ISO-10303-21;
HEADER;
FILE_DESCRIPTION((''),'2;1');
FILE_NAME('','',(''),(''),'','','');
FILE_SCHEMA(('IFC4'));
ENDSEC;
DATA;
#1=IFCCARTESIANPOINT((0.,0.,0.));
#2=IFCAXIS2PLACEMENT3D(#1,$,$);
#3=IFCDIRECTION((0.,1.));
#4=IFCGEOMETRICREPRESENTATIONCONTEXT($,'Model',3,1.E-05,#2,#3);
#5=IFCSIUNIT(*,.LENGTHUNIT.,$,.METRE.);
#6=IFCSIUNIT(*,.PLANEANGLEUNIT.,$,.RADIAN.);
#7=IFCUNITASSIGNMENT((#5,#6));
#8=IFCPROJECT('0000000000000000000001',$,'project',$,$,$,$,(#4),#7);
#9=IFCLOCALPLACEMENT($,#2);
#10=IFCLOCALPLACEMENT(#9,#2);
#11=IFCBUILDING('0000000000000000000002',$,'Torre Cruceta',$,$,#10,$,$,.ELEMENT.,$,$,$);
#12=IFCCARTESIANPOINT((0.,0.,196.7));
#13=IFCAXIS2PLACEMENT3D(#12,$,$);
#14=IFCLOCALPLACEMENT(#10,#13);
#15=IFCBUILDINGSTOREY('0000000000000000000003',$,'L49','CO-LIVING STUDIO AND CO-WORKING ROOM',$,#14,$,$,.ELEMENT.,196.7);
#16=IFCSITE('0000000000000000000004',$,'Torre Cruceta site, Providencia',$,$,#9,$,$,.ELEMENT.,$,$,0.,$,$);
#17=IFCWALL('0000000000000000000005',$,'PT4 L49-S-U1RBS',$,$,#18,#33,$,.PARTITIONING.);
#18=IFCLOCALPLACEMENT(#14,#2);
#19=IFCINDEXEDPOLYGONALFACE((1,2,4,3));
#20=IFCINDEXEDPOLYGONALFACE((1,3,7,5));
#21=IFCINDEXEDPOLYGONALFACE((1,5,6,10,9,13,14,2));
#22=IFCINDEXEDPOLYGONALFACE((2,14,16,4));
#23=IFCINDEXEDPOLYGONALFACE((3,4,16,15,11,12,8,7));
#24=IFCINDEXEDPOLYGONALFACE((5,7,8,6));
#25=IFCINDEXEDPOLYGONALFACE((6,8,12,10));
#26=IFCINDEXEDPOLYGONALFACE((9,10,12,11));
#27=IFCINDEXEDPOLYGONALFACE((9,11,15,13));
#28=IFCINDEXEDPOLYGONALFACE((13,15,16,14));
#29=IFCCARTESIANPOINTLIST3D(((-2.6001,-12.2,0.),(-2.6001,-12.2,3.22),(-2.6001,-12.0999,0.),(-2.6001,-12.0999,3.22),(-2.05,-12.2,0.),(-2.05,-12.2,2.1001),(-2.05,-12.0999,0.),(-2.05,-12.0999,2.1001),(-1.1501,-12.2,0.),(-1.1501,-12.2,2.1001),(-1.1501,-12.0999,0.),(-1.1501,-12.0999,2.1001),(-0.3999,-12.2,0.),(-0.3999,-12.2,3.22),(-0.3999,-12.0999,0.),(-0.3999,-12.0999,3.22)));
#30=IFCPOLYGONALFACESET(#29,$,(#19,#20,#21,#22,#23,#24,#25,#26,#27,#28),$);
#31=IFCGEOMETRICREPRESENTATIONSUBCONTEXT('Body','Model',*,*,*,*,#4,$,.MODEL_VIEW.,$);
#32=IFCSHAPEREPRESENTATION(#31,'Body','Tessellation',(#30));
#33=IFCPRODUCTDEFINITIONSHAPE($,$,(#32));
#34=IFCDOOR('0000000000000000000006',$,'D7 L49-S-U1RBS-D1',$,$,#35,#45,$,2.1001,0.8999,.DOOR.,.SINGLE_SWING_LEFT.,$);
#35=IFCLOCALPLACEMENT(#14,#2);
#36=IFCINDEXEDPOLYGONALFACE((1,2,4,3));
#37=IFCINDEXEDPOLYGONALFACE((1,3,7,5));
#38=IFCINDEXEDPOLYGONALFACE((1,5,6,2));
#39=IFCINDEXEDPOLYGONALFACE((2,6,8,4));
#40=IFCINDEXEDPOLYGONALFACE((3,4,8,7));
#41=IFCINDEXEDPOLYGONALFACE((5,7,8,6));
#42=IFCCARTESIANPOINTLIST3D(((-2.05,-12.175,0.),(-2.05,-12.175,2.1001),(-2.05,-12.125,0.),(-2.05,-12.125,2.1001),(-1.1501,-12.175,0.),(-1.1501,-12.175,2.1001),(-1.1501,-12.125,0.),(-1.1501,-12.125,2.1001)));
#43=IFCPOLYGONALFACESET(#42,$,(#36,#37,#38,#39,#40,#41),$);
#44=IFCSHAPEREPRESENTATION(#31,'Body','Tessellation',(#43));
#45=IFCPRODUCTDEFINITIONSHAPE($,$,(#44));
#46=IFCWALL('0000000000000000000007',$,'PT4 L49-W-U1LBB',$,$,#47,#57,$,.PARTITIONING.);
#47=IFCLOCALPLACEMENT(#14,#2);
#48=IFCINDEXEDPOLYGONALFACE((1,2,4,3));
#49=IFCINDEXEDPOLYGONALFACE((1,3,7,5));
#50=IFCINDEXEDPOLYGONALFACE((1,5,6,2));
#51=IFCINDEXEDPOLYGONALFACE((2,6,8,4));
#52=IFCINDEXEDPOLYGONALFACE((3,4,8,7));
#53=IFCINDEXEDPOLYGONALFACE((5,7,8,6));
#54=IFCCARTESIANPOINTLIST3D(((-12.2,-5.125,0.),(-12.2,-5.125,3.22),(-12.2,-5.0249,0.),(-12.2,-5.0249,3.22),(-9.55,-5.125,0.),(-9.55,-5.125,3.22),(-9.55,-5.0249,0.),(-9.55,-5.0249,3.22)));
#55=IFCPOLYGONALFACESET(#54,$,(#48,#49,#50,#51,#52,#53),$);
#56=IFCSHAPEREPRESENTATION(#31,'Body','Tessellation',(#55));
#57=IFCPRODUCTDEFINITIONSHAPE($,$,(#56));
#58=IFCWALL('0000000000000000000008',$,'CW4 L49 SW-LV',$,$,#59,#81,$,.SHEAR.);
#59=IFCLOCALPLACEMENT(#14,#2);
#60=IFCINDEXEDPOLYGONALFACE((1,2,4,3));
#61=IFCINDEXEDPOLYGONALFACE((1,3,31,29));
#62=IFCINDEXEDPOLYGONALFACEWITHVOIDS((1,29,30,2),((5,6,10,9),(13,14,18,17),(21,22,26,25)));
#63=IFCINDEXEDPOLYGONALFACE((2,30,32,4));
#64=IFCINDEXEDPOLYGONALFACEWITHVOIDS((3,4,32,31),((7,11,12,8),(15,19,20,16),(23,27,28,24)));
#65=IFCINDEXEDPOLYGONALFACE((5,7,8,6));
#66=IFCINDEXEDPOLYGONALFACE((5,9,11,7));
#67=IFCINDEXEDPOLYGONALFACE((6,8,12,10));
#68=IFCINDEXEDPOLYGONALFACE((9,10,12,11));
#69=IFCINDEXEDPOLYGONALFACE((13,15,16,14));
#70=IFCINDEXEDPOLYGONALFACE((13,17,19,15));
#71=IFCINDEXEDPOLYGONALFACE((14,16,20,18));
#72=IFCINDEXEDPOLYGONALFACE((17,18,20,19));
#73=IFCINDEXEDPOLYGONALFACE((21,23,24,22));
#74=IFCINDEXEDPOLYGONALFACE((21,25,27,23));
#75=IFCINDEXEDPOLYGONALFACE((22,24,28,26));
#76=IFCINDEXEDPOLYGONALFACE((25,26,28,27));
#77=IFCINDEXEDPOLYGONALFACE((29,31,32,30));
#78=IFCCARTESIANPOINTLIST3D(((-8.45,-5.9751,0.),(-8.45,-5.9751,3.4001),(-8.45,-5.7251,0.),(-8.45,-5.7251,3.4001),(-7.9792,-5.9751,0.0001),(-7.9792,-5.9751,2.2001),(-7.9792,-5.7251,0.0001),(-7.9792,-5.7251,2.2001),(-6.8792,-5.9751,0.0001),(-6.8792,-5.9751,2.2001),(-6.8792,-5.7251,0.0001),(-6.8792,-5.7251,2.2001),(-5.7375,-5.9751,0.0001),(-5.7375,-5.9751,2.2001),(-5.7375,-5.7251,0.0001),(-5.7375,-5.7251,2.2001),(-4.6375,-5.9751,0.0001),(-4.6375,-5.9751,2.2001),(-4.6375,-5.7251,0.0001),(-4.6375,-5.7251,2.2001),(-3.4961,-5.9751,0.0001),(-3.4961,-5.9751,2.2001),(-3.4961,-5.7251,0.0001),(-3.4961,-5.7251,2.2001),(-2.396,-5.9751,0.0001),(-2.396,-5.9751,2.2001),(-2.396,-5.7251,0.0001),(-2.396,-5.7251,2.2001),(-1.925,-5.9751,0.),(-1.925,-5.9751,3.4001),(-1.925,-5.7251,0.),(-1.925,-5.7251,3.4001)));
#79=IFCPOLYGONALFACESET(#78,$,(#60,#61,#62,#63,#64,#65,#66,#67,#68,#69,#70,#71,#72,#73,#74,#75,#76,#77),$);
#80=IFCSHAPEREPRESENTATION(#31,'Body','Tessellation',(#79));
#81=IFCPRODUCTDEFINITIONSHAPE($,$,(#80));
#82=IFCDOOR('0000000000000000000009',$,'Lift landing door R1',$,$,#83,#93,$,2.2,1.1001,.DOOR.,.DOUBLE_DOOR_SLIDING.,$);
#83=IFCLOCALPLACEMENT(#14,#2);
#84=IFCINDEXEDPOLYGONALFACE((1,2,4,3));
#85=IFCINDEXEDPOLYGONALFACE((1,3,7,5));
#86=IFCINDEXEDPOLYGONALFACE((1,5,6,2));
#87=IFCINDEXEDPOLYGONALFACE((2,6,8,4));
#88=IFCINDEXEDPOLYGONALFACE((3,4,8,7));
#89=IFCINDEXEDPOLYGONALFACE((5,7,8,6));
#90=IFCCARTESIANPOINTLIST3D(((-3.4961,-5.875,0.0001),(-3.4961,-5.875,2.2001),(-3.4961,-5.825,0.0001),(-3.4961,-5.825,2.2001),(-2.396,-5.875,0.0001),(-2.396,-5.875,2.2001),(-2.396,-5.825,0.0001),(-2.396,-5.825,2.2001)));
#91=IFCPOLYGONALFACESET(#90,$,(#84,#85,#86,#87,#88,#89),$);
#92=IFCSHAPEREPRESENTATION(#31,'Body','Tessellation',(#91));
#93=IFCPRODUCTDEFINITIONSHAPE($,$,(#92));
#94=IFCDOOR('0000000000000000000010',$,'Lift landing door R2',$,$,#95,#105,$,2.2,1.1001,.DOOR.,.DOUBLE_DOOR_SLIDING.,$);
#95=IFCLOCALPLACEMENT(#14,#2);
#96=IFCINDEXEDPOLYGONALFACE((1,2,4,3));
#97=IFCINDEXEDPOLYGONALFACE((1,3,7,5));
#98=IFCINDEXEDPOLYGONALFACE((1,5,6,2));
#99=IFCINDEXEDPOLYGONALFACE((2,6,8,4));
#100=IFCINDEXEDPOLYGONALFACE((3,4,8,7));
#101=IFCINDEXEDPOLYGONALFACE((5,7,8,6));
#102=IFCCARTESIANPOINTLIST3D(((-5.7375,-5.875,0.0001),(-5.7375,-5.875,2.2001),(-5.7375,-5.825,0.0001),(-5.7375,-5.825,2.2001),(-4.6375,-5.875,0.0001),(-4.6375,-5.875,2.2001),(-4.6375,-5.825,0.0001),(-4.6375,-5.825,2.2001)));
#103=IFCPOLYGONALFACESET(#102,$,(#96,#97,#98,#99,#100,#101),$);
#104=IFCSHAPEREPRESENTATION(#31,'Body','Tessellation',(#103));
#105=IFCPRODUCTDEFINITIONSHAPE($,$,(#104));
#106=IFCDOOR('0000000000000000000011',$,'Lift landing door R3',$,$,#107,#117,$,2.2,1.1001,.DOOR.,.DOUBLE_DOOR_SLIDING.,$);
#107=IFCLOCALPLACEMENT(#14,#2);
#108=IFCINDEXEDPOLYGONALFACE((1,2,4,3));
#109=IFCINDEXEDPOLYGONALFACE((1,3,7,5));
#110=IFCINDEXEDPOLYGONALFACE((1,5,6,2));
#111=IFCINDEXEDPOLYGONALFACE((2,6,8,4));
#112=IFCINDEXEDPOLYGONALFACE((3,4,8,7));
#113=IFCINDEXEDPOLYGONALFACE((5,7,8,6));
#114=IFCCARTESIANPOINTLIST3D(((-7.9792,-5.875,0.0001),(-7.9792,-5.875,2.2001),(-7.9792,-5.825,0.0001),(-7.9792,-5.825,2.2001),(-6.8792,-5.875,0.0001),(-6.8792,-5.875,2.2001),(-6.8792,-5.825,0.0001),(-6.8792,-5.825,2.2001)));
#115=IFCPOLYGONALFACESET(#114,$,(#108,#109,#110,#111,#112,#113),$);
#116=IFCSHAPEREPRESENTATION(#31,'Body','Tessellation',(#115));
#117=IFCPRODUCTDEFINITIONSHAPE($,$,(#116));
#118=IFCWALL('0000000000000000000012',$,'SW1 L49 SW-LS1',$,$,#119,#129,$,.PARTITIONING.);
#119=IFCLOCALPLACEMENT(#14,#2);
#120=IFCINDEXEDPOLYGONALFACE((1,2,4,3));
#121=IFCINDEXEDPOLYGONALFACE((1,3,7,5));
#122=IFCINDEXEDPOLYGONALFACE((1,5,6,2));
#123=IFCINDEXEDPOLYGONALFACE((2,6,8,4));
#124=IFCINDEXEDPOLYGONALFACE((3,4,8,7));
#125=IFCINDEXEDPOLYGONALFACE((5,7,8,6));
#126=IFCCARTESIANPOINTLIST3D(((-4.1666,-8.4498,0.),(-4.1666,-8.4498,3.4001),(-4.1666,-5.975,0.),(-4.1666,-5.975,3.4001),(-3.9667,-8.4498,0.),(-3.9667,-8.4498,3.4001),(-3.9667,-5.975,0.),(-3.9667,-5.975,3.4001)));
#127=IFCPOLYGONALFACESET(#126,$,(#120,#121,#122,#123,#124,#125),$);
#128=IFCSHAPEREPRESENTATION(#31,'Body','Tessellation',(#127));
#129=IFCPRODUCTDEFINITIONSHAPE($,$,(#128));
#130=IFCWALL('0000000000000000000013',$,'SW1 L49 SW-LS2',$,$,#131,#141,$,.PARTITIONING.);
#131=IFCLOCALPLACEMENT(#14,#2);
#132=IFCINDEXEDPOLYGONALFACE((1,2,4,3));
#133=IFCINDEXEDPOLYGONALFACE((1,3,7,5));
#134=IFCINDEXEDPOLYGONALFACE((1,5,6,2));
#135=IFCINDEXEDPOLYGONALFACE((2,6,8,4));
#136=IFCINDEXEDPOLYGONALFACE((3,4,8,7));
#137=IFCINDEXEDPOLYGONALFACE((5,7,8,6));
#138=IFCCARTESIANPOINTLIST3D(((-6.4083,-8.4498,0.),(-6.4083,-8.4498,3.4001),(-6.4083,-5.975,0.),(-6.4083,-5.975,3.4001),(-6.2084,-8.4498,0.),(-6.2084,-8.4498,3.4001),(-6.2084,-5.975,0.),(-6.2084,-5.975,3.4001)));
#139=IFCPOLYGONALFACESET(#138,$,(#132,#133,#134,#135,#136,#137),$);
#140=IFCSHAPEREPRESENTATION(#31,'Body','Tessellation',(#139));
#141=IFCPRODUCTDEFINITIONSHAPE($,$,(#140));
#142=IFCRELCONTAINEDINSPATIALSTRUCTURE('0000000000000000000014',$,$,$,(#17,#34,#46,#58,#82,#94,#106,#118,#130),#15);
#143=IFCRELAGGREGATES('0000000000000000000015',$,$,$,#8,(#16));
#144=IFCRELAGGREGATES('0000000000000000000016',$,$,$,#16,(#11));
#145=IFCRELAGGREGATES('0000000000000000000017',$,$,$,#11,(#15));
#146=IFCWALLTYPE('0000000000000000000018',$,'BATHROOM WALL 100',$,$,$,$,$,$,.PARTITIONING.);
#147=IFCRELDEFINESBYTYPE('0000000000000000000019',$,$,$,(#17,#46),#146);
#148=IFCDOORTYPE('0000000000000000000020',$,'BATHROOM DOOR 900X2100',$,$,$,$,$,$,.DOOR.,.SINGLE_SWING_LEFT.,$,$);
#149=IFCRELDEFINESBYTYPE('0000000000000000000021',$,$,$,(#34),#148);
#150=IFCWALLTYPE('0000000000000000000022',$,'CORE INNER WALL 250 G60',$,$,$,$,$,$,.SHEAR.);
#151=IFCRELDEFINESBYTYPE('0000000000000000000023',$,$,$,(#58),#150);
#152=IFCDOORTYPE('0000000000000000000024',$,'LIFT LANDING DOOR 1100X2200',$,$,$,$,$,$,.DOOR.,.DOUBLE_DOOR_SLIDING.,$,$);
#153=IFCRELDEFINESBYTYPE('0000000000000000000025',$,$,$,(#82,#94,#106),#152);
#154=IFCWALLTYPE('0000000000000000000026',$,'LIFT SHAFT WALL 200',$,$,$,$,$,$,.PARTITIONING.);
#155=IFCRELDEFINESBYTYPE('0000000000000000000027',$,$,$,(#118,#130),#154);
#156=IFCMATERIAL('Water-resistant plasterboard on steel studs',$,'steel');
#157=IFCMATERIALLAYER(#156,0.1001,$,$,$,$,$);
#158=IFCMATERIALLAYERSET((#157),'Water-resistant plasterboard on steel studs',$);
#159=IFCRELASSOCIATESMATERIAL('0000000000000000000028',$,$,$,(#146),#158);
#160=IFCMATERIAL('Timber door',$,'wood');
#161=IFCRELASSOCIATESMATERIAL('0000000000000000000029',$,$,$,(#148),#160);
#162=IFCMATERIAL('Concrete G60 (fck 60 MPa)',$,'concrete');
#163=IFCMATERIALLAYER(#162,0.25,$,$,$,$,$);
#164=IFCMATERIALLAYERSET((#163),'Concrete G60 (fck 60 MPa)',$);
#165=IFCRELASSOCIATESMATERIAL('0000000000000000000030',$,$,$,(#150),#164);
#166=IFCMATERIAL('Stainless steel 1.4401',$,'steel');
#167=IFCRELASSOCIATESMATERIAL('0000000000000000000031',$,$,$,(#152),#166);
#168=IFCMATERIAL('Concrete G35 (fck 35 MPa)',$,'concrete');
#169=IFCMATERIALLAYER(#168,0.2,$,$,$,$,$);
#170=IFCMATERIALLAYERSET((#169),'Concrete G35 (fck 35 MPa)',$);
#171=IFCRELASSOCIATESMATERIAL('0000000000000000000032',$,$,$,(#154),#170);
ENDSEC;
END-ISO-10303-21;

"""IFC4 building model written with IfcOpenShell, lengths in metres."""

from ifc_helpers import new_model, si_unit, direction, frame, frame_2d, origin, place, context, subcontext, project, spatial, rectangle, extrude, material, layer, layer_set, type_object, element, fill, save


model = new_model("IFC4")

# Units and contexts
model_context = context("Model", 3, precision=1e-05, world=origin(), true_north=direction((0.0, 1.0)))
body_context = subcontext(model_context, "Body", "Model", "MODEL_VIEW")
ifc_project = project(units=[si_unit("LENGTHUNIT", "METRE"), si_unit("PLANEANGLEUNIT", "RADIAN")], contexts=[model_context])

# Site, building, storey
site_placement = place(None, origin())
site = spatial("IfcSite", under=ifc_project, at=site_placement, Name="Torre Cruceta site, Providencia", CompositionType="ELEMENT", RefElevation=0.0)
building_placement = place(site_placement, origin())
building = spatial("IfcBuilding", under=site, at=building_placement, Name="Torre Cruceta", CompositionType="ELEMENT")
storey_placement = place(building_placement, frame((0.0, 0.0, 196.7)))
storey = spatial("IfcBuildingStorey", under=building, at=storey_placement, Name="L49", Description="CO-LIVING STUDIO AND CO-WORKING ROOM", CompositionType="ELEMENT", Elevation=196.7)

# Shared definitions
ifc_material_1 = material(Name="Water-resistant plasterboard on steel studs", Category="steel")
ifc_layer_1 = layer(ifc_material_1, 0.1001)
ifc_layer_set_1 = layer_set([ifc_layer_1], Name="Water-resistant plasterboard on steel studs")
wall_type_1 = type_object("IfcWallType", Name="BATHROOM WALL 100", PredefinedType="PARTITIONING", material=ifc_layer_set_1)

# Wall, opening, door
wall_1_placement = place(storey_placement, frame((-2.6001, -12.1499, 0.0), z_axis=(0.0, 0.0, 1.0), x_axis=(1.0, 0.0, 0.0)))
wall_1 = element("IfcWall", 1, at=wall_1_placement, inside=storey, type_object=wall_type_1, Name="PT4 L49-S-U1RBS", PredefinedType="PARTITIONING", context=body_context, shape_type="SweptSolid", body=[
    extrude(rectangle(XDim=2.2002, YDim=0.1001, at=frame_2d((1.1001, 0.0))), origin(), (0.0, 0.0, 1.0), 3.22),
])
opening_1_placement = place(wall_1_placement, frame((0.55, 0.0, 0.0)))
opening_1 = element("IfcOpeningElement", 2, at=opening_1_placement, cuts=wall_1, PredefinedType="OPENING", context=body_context, shape_type="SweptSolid", body=[
    extrude(rectangle(XDim=0.8999, YDim=2.1001, at=frame_2d((0.45, 1.05))), frame((0.0, 0.0601, 0.0), z_axis=(0.0, -1.0, 0.0), x_axis=(1.0, 0.0, 0.0)), (0.0, 0.0, 1.0), 0.1201),
])
ifc_material_2 = material(Name="Timber door", Category="wood")
door_type_1 = type_object("IfcDoorType", Name="BATHROOM DOOR 900X2100", OperationType="SINGLE_SWING_LEFT", PredefinedType="DOOR", material=ifc_material_2)
door_1_placement = place(opening_1_placement, origin())
door_1 = element("IfcDoor", 3, at=door_1_placement, inside=storey, type_object=door_type_1, Name="D7 L49-S-U1RBS-D1", OperationType="SINGLE_SWING_LEFT", OverallHeight=2.1001, OverallWidth=0.8999, PredefinedType="DOOR", context=body_context, shape_type="SweptSolid", body=[
    extrude(rectangle(XDim=0.8999, YDim=2.1001, at=frame_2d((0.45, 1.05))), frame((0.0, 0.0249, 0.0), z_axis=(0.0, -1.0, 0.0), x_axis=(1.0, 0.0, 0.0)), (0.0, 0.0, 1.0), 0.05),
])
fill(opening_1, door_1)

# Wall
wall_2_placement = place(storey_placement, frame((-9.55, -5.075, 0.0), z_axis=(0.0, 0.0, 1.0), x_axis=(-1.0, 0.0, 0.0)))
element("IfcWall", 4, at=wall_2_placement, inside=storey, type_object=wall_type_1, Name="PT4 L49-W-U1LBB", PredefinedType="PARTITIONING", context=body_context, shape_type="SweptSolid", body=[
    extrude(rectangle(XDim=2.6499, YDim=0.1001, at=frame_2d((1.325, 0.0))), origin(), (0.0, 0.0, 1.0), 3.22),
])

# Wall, openings, doors
ifc_material_3 = material(Name="Concrete G60 (fck 60 MPa)", Category="concrete")
ifc_layer_2 = layer(ifc_material_3, 0.25)
ifc_layer_set_2 = layer_set([ifc_layer_2], Name="Concrete G60 (fck 60 MPa)")
wall_type_2 = type_object("IfcWallType", Name="CORE INNER WALL 250 G60", PredefinedType="SHEAR", material=ifc_layer_set_2)
wall_3_placement = place(storey_placement, frame((-1.925, -5.8501, 0.0), z_axis=(0.0, 0.0, 1.0), x_axis=(-1.0, 0.0, 0.0)))
wall_3 = element("IfcWall", 5, at=wall_3_placement, inside=storey, type_object=wall_type_2, Name="CW4 L49 SW-LV", PredefinedType="SHEAR", context=body_context, shape_type="SweptSolid", body=[
    extrude(rectangle(XDim=6.5249, YDim=0.25, at=frame_2d((3.2625, 0.0))), origin(), (0.0, 0.0, 1.0), 3.4001),
])
opening_2_placement = place(wall_3_placement, frame((0.4709, 0.0, 0.0)))
opening_2 = element("IfcOpeningElement", 6, at=opening_2_placement, cuts=wall_3, PredefinedType="OPENING", context=body_context, shape_type="SweptSolid", body=[
    extrude(rectangle(XDim=1.1001, YDim=2.2, at=frame_2d((0.55, 1.1001))), frame((0.0, 0.135, 0.0), z_axis=(0.0, -1.0, 0.0), x_axis=(1.0, 0.0, 0.0)), (0.0, 0.0, 1.0), 0.27),
])
opening_3_placement = place(wall_3_placement, frame((2.7124, 0.0, 0.0)))
opening_3 = element("IfcOpeningElement", 7, at=opening_3_placement, cuts=wall_3, PredefinedType="OPENING", context=body_context, shape_type="SweptSolid", body=[
    extrude(rectangle(XDim=1.1001, YDim=2.2, at=frame_2d((0.55, 1.1001))), frame((0.0, 0.135, 0.0), z_axis=(0.0, -1.0, 0.0), x_axis=(1.0, 0.0, 0.0)), (0.0, 0.0, 1.0), 0.27),
])
opening_4_placement = place(wall_3_placement, frame((4.9541, 0.0, 0.0)))
opening_4 = element("IfcOpeningElement", 8, at=opening_4_placement, cuts=wall_3, PredefinedType="OPENING", context=body_context, shape_type="SweptSolid", body=[
    extrude(rectangle(XDim=1.1001, YDim=2.2, at=frame_2d((0.55, 1.1001))), frame((0.0, 0.135, 0.0), z_axis=(0.0, -1.0, 0.0), x_axis=(1.0, 0.0, 0.0)), (0.0, 0.0, 1.0), 0.27),
])
ifc_material_4 = material(Name="Stainless steel 1.4401", Category="steel")
door_type_2 = type_object("IfcDoorType", Name="LIFT LANDING DOOR 1100X2200", OperationType="DOUBLE_DOOR_SLIDING", PredefinedType="DOOR", material=ifc_material_4)
door_2_placement = place(opening_2_placement, origin())
door_2 = element("IfcDoor", 9, at=door_2_placement, inside=storey, type_object=door_type_2, Name="Lift landing door R1", OperationType="DOUBLE_DOOR_SLIDING", OverallHeight=2.2, OverallWidth=1.1001, PredefinedType="DOOR", context=body_context, shape_type="SweptSolid", body=[
    extrude(rectangle(XDim=1.1001, YDim=2.2, at=frame_2d((0.55, 1.1001))), frame((0.0, 0.0249, 0.0), z_axis=(0.0, -1.0, 0.0), x_axis=(1.0, 0.0, 0.0)), (0.0, 0.0, 1.0), 0.05),
])
fill(opening_2, door_2)
door_3_placement = place(opening_3_placement, origin())
door_3 = element("IfcDoor", 10, at=door_3_placement, inside=storey, type_object=door_type_2, Name="Lift landing door R2", OperationType="DOUBLE_DOOR_SLIDING", OverallHeight=2.2, OverallWidth=1.1001, PredefinedType="DOOR", context=body_context, shape_type="SweptSolid", body=[
    extrude(rectangle(XDim=1.1001, YDim=2.2, at=frame_2d((0.55, 1.1001))), frame((0.0, 0.0249, 0.0), z_axis=(0.0, -1.0, 0.0), x_axis=(1.0, 0.0, 0.0)), (0.0, 0.0, 1.0), 0.05),
])
fill(opening_3, door_3)
door_4_placement = place(opening_4_placement, origin())
door_4 = element("IfcDoor", 11, at=door_4_placement, inside=storey, type_object=door_type_2, Name="Lift landing door R3", OperationType="DOUBLE_DOOR_SLIDING", OverallHeight=2.2, OverallWidth=1.1001, PredefinedType="DOOR", context=body_context, shape_type="SweptSolid", body=[
    extrude(rectangle(XDim=1.1001, YDim=2.2, at=frame_2d((0.55, 1.1001))), frame((0.0, 0.0249, 0.0), z_axis=(0.0, -1.0, 0.0), x_axis=(1.0, 0.0, 0.0)), (0.0, 0.0, 1.0), 0.05),
])
fill(opening_4, door_4)

# Walls
ifc_material_5 = material(Name="Concrete G35 (fck 35 MPa)", Category="concrete")
ifc_layer_3 = layer(ifc_material_5, 0.2)
ifc_layer_set_3 = layer_set([ifc_layer_3], Name="Concrete G35 (fck 35 MPa)")
wall_type_3 = type_object("IfcWallType", Name="LIFT SHAFT WALL 200", PredefinedType="PARTITIONING", material=ifc_layer_set_3)
for number, where, z_axis, x_axis, name in (
    (12, (-4.0667, -5.9751, 0.0), (0.0, 0.0, 1.0), (0.0, -1.0, 0.0), "SW1 L49 SW-LS1"),
    (13, (-6.3083, -5.9751, 0.0), (0.0, 0.0, 1.0), (0.0, -1.0, 0.0), "SW1 L49 SW-LS2"),
):
    element("IfcWall", number, at=place(storey_placement, frame(where, z_axis=z_axis, x_axis=x_axis)), inside=storey, type_object=wall_type_3, Name=name, PredefinedType="PARTITIONING", context=body_context, shape_type="SweptSolid", body=[
        extrude(rectangle(XDim=2.4749, YDim=0.2, at=frame_2d((1.2373, 0.0))), origin(), (0.0, 0.0, 1.0), 3.4001),
    ])

save(model, "model.ifc")
